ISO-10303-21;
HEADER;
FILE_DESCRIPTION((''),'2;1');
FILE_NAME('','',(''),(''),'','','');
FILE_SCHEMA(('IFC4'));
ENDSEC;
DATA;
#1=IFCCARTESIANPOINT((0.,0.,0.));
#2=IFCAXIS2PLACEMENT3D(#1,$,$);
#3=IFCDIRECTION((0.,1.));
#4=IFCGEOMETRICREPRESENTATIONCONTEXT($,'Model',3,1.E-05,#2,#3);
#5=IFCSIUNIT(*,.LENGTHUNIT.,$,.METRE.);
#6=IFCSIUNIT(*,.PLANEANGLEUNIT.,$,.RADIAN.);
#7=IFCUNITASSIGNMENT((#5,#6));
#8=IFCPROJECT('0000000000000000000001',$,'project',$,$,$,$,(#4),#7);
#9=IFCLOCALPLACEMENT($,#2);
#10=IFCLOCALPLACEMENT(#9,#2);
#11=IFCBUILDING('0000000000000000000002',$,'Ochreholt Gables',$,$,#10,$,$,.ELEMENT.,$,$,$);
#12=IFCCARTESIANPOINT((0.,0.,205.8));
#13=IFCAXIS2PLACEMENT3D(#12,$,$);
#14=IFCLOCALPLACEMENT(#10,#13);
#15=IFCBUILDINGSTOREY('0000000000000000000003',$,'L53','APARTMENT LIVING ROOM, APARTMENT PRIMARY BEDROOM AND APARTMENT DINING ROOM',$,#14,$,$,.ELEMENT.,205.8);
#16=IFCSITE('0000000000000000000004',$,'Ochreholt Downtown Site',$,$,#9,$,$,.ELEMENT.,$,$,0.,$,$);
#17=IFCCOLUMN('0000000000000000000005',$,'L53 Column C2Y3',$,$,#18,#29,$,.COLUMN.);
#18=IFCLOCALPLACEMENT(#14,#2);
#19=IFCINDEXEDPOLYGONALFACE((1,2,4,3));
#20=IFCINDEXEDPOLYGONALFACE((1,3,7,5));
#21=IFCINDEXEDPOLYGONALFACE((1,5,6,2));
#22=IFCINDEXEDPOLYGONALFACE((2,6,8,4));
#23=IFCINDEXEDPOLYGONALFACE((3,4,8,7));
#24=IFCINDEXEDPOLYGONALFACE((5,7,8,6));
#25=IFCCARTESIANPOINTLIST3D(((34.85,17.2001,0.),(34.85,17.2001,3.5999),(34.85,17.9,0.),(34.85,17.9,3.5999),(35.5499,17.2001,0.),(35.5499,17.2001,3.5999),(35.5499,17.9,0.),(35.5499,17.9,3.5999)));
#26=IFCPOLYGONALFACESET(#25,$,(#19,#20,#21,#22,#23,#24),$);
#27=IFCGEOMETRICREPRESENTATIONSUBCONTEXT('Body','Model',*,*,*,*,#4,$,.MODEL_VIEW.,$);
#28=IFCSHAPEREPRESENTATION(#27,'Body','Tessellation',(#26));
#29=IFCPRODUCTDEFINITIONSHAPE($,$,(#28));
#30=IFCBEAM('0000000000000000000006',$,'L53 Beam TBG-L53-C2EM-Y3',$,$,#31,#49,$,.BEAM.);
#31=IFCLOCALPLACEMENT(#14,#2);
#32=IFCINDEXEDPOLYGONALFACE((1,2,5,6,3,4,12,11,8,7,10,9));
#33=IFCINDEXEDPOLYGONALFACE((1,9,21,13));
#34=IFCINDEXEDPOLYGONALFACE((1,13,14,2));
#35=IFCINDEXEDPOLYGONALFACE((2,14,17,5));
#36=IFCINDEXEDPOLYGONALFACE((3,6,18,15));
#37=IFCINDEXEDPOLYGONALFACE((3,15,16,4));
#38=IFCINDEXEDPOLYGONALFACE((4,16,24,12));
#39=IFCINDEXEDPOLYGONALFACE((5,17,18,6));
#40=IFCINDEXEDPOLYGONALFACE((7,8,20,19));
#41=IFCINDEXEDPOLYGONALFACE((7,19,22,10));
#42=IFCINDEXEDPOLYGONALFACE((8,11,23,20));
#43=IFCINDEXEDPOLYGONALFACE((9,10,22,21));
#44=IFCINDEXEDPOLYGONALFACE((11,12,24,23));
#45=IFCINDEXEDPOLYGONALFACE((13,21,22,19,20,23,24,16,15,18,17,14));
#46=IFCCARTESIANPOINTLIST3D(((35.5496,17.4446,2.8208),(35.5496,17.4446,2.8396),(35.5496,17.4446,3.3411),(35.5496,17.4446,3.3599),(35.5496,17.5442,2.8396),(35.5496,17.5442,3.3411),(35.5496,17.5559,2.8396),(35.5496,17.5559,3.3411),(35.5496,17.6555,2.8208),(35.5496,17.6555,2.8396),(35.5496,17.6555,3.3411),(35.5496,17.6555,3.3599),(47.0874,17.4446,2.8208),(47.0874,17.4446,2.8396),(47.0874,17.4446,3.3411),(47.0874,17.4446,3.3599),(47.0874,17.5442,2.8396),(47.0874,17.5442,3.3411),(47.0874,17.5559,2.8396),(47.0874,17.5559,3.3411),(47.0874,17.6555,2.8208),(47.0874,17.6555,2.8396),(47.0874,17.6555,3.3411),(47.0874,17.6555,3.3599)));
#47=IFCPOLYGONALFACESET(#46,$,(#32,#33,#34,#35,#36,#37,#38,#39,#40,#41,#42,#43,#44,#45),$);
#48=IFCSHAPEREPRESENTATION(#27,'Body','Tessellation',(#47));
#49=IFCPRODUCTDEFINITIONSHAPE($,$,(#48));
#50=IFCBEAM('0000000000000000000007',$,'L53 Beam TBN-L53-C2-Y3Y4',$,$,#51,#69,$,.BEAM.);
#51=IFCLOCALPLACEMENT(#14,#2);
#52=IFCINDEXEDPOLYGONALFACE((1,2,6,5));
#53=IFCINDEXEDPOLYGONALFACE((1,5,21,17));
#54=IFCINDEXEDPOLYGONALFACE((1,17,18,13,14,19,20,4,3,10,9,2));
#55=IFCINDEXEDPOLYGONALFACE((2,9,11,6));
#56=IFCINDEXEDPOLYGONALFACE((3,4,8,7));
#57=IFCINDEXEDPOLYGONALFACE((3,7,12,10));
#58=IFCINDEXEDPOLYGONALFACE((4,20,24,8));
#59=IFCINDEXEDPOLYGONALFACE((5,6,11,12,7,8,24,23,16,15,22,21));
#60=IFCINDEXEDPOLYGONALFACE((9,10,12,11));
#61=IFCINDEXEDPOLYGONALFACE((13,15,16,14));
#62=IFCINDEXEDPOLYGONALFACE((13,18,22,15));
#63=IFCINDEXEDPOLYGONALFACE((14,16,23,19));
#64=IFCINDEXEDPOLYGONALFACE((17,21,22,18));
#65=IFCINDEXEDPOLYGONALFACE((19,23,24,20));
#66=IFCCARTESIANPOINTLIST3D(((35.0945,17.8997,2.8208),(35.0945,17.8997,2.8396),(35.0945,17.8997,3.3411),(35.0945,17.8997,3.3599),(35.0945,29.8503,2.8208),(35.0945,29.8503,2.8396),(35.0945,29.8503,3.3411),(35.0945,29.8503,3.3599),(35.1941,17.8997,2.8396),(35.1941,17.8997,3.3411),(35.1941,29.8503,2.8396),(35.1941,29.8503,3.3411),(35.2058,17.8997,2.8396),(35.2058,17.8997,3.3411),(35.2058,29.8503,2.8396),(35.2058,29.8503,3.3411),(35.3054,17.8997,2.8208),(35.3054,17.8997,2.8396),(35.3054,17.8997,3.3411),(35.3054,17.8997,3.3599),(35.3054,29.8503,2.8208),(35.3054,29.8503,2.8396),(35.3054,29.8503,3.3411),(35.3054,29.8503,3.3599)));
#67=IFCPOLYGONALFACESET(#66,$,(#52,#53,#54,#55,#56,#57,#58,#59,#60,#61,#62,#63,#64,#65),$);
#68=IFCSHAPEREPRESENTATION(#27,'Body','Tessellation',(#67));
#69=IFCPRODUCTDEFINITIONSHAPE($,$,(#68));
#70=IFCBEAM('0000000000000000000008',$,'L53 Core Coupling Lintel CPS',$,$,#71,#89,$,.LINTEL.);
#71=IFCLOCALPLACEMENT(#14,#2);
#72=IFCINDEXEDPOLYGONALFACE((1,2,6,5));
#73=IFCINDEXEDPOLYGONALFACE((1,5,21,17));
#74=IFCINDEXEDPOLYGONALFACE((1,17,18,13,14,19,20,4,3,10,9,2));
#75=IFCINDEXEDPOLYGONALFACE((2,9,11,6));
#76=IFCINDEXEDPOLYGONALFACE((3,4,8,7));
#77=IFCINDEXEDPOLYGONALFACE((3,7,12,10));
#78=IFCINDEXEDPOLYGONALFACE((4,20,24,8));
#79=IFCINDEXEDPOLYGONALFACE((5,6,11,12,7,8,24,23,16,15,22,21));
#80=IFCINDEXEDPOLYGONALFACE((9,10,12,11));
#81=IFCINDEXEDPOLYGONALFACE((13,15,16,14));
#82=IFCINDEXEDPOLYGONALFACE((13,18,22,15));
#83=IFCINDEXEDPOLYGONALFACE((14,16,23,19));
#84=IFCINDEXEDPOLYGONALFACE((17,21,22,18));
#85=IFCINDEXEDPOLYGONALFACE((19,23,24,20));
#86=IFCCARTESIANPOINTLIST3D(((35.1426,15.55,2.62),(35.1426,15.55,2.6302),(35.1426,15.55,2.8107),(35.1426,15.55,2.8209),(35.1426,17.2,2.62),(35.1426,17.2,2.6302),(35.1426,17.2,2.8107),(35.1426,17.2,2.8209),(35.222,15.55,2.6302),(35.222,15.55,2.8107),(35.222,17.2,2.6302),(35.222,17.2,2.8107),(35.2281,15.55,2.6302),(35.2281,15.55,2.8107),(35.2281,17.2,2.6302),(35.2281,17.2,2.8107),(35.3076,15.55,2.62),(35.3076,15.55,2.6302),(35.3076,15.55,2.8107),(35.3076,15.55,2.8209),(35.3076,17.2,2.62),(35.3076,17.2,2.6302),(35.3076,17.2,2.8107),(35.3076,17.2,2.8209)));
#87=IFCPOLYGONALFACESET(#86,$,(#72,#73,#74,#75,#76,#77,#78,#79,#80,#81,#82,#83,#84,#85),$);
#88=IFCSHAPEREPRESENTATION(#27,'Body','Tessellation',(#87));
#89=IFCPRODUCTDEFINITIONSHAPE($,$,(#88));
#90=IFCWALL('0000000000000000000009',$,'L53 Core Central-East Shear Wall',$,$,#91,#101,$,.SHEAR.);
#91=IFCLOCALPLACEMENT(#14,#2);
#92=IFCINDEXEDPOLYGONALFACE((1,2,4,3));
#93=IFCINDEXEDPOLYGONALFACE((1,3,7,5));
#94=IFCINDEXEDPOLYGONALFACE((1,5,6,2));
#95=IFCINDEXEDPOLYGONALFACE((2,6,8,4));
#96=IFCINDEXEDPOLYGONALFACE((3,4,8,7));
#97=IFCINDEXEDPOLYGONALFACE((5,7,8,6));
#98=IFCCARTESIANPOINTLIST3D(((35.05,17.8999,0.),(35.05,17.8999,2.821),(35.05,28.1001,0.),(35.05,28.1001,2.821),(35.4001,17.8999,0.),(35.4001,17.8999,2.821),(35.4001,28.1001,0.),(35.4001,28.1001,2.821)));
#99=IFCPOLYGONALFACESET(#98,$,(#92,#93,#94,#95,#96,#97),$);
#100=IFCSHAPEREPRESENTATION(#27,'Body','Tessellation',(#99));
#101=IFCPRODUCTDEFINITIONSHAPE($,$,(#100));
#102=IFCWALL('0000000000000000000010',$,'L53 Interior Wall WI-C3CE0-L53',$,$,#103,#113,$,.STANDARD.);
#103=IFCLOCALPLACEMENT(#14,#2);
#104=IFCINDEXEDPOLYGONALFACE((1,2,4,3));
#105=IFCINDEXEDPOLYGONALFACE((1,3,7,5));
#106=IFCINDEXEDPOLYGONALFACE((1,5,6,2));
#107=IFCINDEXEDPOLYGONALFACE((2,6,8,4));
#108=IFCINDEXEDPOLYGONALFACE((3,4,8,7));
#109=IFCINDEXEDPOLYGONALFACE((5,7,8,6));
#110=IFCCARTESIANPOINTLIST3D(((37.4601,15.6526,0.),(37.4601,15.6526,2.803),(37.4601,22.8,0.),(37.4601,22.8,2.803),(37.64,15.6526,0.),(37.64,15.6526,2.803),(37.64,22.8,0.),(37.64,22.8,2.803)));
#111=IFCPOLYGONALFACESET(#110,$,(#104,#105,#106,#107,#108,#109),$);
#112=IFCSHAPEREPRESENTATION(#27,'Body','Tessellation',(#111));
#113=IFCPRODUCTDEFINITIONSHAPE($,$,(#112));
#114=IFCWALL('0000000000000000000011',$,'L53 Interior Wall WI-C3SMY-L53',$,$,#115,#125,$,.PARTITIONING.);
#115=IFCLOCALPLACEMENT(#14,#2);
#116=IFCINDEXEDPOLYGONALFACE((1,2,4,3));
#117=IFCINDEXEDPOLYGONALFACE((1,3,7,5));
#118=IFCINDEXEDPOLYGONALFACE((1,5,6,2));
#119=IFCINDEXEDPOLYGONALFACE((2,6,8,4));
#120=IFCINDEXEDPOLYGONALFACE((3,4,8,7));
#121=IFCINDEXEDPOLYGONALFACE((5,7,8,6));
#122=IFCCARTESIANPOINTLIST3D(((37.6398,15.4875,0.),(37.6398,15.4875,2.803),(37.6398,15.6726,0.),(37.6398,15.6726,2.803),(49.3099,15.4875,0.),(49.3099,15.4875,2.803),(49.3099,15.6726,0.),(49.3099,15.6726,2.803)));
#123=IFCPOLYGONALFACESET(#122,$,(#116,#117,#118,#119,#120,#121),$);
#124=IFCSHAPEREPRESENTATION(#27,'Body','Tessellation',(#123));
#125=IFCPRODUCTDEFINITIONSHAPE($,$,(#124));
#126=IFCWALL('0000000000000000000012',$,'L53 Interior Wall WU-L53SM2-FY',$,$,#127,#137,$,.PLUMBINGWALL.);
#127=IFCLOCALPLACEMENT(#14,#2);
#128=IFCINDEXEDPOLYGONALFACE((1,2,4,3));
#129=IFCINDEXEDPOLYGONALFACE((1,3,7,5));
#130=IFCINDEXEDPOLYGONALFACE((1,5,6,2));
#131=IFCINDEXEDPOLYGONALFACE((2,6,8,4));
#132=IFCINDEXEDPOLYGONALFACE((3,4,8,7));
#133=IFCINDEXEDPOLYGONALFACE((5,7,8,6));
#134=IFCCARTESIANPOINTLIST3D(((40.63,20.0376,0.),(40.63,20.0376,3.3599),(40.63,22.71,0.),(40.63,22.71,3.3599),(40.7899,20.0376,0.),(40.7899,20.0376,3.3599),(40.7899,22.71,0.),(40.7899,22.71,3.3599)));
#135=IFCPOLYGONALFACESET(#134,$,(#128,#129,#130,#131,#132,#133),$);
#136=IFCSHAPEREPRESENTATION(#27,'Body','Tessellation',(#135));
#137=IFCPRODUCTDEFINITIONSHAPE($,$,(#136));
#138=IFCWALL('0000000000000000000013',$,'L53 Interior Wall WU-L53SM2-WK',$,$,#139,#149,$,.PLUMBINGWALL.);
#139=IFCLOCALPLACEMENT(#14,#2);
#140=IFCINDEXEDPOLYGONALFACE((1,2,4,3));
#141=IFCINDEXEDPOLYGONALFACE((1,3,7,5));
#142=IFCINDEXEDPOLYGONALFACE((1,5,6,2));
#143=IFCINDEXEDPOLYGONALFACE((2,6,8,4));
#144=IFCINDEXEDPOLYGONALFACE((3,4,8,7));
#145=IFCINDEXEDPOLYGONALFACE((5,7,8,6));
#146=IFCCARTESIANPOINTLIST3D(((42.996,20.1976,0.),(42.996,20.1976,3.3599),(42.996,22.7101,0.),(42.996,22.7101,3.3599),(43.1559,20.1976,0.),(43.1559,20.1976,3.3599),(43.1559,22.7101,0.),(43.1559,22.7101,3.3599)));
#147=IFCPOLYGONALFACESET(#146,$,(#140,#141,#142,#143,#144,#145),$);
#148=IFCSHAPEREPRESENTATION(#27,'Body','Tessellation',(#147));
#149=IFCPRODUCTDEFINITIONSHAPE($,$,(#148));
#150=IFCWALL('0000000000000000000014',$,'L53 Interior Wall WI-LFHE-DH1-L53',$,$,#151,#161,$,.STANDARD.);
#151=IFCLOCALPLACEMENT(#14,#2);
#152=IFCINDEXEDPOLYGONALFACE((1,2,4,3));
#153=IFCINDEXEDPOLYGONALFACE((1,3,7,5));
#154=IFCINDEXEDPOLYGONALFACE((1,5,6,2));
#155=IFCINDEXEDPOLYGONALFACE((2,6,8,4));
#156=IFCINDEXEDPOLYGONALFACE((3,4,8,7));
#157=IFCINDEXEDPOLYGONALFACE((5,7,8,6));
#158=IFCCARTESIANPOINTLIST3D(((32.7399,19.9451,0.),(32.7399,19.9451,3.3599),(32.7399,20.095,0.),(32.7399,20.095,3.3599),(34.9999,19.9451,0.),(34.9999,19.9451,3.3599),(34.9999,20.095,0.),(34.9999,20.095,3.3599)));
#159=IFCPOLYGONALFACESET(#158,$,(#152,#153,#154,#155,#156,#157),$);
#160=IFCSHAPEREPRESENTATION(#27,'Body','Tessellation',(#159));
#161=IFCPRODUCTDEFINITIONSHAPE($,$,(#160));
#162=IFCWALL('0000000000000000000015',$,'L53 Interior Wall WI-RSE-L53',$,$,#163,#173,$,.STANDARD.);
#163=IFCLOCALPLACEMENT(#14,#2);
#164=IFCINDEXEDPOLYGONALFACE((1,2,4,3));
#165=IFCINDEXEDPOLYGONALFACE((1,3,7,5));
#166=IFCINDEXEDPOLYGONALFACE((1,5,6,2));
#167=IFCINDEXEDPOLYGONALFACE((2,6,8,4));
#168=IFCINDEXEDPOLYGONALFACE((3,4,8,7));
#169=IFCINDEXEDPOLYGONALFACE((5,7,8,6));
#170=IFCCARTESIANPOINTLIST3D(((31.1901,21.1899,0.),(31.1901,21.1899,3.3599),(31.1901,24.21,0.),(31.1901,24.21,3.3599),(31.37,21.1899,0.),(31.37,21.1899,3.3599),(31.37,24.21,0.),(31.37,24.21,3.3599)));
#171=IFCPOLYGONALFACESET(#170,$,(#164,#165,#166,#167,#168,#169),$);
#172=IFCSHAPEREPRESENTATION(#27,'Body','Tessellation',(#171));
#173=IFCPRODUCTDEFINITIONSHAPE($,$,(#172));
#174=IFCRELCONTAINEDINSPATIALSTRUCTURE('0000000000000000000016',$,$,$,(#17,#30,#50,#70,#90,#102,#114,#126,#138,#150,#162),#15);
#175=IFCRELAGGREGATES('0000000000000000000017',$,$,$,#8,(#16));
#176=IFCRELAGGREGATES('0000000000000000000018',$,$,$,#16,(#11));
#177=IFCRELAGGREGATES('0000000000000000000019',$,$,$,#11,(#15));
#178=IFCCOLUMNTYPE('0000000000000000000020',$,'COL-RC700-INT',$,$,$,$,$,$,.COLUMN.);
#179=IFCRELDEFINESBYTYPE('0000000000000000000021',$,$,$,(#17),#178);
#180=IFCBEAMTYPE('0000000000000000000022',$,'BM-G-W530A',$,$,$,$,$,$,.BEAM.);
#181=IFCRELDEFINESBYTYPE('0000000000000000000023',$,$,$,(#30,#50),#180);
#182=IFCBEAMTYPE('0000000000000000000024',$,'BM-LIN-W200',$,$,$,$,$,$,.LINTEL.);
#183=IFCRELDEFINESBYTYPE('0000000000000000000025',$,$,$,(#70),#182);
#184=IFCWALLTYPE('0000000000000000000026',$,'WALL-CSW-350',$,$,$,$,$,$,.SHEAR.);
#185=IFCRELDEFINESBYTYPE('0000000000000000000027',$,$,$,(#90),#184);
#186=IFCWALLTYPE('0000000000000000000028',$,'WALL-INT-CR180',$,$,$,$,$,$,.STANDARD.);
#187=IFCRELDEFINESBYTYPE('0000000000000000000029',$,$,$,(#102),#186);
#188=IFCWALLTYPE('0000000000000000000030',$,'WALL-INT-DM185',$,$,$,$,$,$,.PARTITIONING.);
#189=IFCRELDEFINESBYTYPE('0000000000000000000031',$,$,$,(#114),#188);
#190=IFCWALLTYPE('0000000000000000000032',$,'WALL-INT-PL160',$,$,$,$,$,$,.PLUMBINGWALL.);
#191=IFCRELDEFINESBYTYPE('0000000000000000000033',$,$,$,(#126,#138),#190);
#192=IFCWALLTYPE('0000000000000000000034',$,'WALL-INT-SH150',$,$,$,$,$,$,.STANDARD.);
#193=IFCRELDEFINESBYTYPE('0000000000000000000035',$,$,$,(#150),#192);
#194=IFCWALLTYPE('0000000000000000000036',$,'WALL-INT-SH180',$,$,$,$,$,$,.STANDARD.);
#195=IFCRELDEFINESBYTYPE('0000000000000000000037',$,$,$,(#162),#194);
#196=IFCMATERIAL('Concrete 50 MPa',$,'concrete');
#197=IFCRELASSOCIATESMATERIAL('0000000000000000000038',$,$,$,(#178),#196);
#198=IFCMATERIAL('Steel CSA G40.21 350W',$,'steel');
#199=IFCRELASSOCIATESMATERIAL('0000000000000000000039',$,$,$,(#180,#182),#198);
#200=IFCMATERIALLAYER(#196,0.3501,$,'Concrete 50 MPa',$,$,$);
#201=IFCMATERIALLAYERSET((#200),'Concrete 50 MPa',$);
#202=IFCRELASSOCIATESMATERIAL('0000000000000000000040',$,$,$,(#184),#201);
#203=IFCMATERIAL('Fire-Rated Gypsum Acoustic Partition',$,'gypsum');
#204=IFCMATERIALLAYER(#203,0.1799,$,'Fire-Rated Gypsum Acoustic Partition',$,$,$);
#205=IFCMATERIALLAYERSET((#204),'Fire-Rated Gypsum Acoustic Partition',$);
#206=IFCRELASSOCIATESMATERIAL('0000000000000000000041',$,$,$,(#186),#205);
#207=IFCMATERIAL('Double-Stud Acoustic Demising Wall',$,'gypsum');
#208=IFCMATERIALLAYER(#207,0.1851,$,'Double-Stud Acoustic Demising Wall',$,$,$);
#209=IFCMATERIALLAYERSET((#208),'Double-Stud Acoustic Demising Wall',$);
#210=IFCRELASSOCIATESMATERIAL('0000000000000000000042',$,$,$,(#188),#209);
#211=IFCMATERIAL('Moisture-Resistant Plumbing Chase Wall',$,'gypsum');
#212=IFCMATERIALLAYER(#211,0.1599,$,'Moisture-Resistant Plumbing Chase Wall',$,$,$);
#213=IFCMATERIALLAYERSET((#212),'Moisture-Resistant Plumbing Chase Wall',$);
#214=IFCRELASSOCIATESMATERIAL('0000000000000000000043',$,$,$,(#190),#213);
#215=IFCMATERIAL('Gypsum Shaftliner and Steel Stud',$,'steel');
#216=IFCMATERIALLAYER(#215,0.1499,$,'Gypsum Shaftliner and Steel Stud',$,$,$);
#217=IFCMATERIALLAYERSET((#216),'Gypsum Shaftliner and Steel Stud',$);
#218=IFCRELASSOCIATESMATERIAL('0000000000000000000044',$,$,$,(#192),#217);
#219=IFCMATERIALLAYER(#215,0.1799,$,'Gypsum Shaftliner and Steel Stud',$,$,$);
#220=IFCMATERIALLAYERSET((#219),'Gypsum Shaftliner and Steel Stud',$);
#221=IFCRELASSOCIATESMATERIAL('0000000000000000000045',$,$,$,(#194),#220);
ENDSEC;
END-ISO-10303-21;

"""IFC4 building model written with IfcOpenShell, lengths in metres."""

from ifc_helpers import new_model, si_unit, direction, frame, frame_2d, origin, origin_2d, place, context, subcontext, project, spatial, rectangle, i_section, extrude, material, layer, layer_set, material_profile, profile_set, type_object, element, save


model = new_model("IFC4")

# Units and contexts
model_context = context("Model", 3, precision=1e-05, world=origin(), true_north=direction((0.0, 1.0)))
body_context = subcontext(model_context, "Body", "Model", "MODEL_VIEW")
ifc_project = project(units=[si_unit("LENGTHUNIT", "METRE"), si_unit("PLANEANGLEUNIT", "RADIAN")], contexts=[model_context])

# Site, building, storey
site_placement = place(None, origin())
site = spatial("IfcSite", under=ifc_project, at=site_placement, Name="Ochreholt Downtown Site", CompositionType="ELEMENT", RefElevation=0.0)
building_placement = place(site_placement, origin())
building = spatial("IfcBuilding", under=site, at=building_placement, Name="Ochreholt Gables", CompositionType="ELEMENT")
storey_placement = place(building_placement, frame((0.0, 0.0, 205.8)))
storey = spatial("IfcBuildingStorey", under=building, at=storey_placement, Name="L53", Description="APARTMENT LIVING ROOM, APARTMENT PRIMARY BEDROOM AND APARTMENT DINING ROOM", CompositionType="ELEMENT", Elevation=205.8)

# Column
ifc_material_1 = material(Name="Concrete 50 MPa", Category="concrete")
ifc_material_profile_1 = material_profile(ifc_material_1, rectangle(XDim=0.7, YDim=0.7, at=origin_2d()), Name="RC700X700")
ifc_profile_set_1 = profile_set([ifc_material_profile_1], Name="Concrete 50 MPa")
column_type = type_object("IfcColumnType", Name="COL-RC700-INT", PredefinedType="COLUMN", material=ifc_profile_set_1)
column_placement = place(storey_placement, frame((35.2, 17.55, 0.0), z_axis=(0.0, 0.0, 1.0), x_axis=(1.0, 0.0, 0.0)))
element("IfcColumn", 1, at=column_placement, inside=storey, type_object=column_type, Name="L53 Column C2Y3", PredefinedType="COLUMN", context=body_context, shape_type="SweptSolid", body=[
    extrude(rectangle(XDim=0.7, YDim=0.7, at=origin_2d()), origin(), (0.0, 0.0, 1.0), 3.5999),
])

# Beams
ifc_material_2 = material(Name="Steel CSA G40.21 350W", Category="steel")
ifc_material_profile_2 = material_profile(ifc_material_2, i_section(OverallWidth=0.2109, OverallDepth=0.5391, WebThickness=0.0117, FlangeThickness=0.0188, at=origin_2d()), Name="W530X109")
ifc_profile_set_2 = profile_set([ifc_material_profile_2], Name="Steel CSA G40.21 350W")
beam_type_1 = type_object("IfcBeamType", Name="BM-G-W530A", PredefinedType="BEAM", material=ifc_profile_set_2)
beam_1_placement = place(storey_placement, frame((35.5496, 17.55, 3.0903), z_axis=(1.0, 0.0, 0.0), x_axis=(0.0, 1.0, 0.0)))
element("IfcBeam", 2, at=beam_1_placement, inside=storey, type_object=beam_type_1, Name="L53 Beam TBG-L53-C2EM-Y3", PredefinedType="BEAM", context=body_context, shape_type="SweptSolid", body=[
    extrude(i_section(OverallWidth=0.2109, OverallDepth=0.5391, WebThickness=0.0117, FlangeThickness=0.0188, at=origin_2d()), origin(), (0.0, 0.0, 1.0), 11.5378),
])
beam_2_placement = place(storey_placement, frame((35.2, 17.8997, 3.0903), z_axis=(0.0, 1.0, 0.0), x_axis=(-1.0, 0.0, 0.0)))
element("IfcBeam", 3, at=beam_2_placement, inside=storey, type_object=beam_type_1, Name="L53 Beam TBN-L53-C2-Y3Y4", PredefinedType="BEAM", context=body_context, shape_type="SweptSolid", body=[
    extrude(i_section(OverallWidth=0.2109, OverallDepth=0.5391, WebThickness=0.0117, FlangeThickness=0.0188, at=origin_2d()), origin(), (0.0, 0.0, 1.0), 11.9507),
])
ifc_material_profile_3 = material_profile(ifc_material_2, i_section(OverallWidth=0.165, OverallDepth=0.2009, WebThickness=0.0061, FlangeThickness=0.0103, at=origin_2d()), Name="W200X36")
ifc_profile_set_3 = profile_set([ifc_material_profile_3], Name="Steel CSA G40.21 350W")
beam_type_2 = type_object("IfcBeamType", Name="BM-LIN-W200", PredefinedType="LINTEL", material=ifc_profile_set_3)
beam_3_placement = place(storey_placement, frame((35.2251, 15.55, 2.7205), z_axis=(0.0, 1.0, 0.0), x_axis=(-1.0, 0.0, 0.0)))
element("IfcBeam", 4, at=beam_3_placement, inside=storey, type_object=beam_type_2, Name="L53 Core Coupling Lintel CPS", PredefinedType="LINTEL", context=body_context, shape_type="SweptSolid", body=[
    extrude(i_section(OverallWidth=0.165, OverallDepth=0.2009, WebThickness=0.0061, FlangeThickness=0.0103, at=origin_2d()), origin(), (0.0, 0.0, 1.0), 1.6499),
])

# Walls
ifc_layer_1 = layer(ifc_material_1, 0.3501, Name="Concrete 50 MPa")
ifc_layer_set_1 = layer_set([ifc_layer_1], Name="Concrete 50 MPa")
wall_type_1 = type_object("IfcWallType", Name="WALL-CSW-350", PredefinedType="SHEAR", material=ifc_layer_set_1)
wall_1_placement = place(storey_placement, frame((35.2251, 17.8999, 0.0), z_axis=(0.0, 0.0, 1.0), x_axis=(0.0, 1.0, 0.0)))
element("IfcWall", 5, at=wall_1_placement, inside=storey, type_object=wall_type_1, Name="L53 Core Central-East Shear Wall", PredefinedType="SHEAR", context=body_context, shape_type="SweptSolid", body=[
    extrude(rectangle(XDim=10.2002, YDim=0.3501, at=frame_2d((5.1001, 0.0))), origin(), (0.0, 0.0, 1.0), 2.821),
])
ifc_material_3 = material(Name="Fire-Rated Gypsum Acoustic Partition", Category="gypsum")
ifc_layer_2 = layer(ifc_material_3, 0.1799, Name="Fire-Rated Gypsum Acoustic Partition")
ifc_layer_set_2 = layer_set([ifc_layer_2], Name="Fire-Rated Gypsum Acoustic Partition")
wall_type_2 = type_object("IfcWallType", Name="WALL-INT-CR180", PredefinedType="STANDARD", material=ifc_layer_set_2)
wall_2_placement = place(storey_placement, frame((37.55, 15.6526, 0.0), z_axis=(0.0, 0.0, 1.0), x_axis=(0.0, 1.0, 0.0)))
element("IfcWall", 6, at=wall_2_placement, inside=storey, type_object=wall_type_2, Name="L53 Interior Wall WI-C3CE0-L53", PredefinedType="STANDARD", context=body_context, shape_type="SweptSolid", body=[
    extrude(rectangle(XDim=7.1475, YDim=0.1799, at=frame_2d((3.5737, 0.0))), origin(), (0.0, 0.0, 1.0), 2.803),
])
ifc_material_4 = material(Name="Double-Stud Acoustic Demising Wall", Category="gypsum")
ifc_layer_3 = layer(ifc_material_4, 0.1851, Name="Double-Stud Acoustic Demising Wall")
ifc_layer_set_3 = layer_set([ifc_layer_3], Name="Double-Stud Acoustic Demising Wall")
wall_type_3 = type_object("IfcWallType", Name="WALL-INT-DM185", PredefinedType="PARTITIONING", material=ifc_layer_set_3)
wall_3_placement = place(storey_placement, frame((37.6399, 15.5801, 0.0), z_axis=(0.0, 0.0, 1.0), x_axis=(1.0, 0.0, 0.0)))
element("IfcWall", 7, at=wall_3_placement, inside=storey, type_object=wall_type_3, Name="L53 Interior Wall WI-C3SMY-L53", PredefinedType="PARTITIONING", context=body_context, shape_type="SweptSolid", body=[
    extrude(rectangle(XDim=11.6702, YDim=0.1851, at=frame_2d((5.835, 0.0))), origin(), (0.0, 0.0, 1.0), 2.803),
])

# Shared definitions
ifc_material_5 = material(Name="Moisture-Resistant Plumbing Chase Wall", Category="gypsum")
ifc_layer_4 = layer(ifc_material_5, 0.1599, Name="Moisture-Resistant Plumbing Chase Wall")
ifc_layer_set_4 = layer_set([ifc_layer_4], Name="Moisture-Resistant Plumbing Chase Wall")
wall_type_4 = type_object("IfcWallType", Name="WALL-INT-PL160", PredefinedType="PLUMBINGWALL", material=ifc_layer_set_4)

# Walls
wall_4_placement = place(storey_placement, frame((40.71, 20.0376, 0.0), z_axis=(0.0, 0.0, 1.0), x_axis=(0.0, 1.0, 0.0)))
element("IfcWall", 8, at=wall_4_placement, inside=storey, type_object=wall_type_4, Name="L53 Interior Wall WU-L53SM2-FY", PredefinedType="PLUMBINGWALL", context=body_context, shape_type="SweptSolid", body=[
    extrude(rectangle(XDim=2.6724, YDim=0.1599, at=frame_2d((1.3362, 0.0))), origin(), (0.0, 0.0, 1.0), 3.3599),
])
wall_5_placement = place(storey_placement, frame((43.0759, 20.1975, 0.0), z_axis=(0.0, 0.0, 1.0), x_axis=(0.0, 1.0, 0.0)))
element("IfcWall", 9, at=wall_5_placement, inside=storey, type_object=wall_type_4, Name="L53 Interior Wall WU-L53SM2-WK", PredefinedType="PLUMBINGWALL", context=body_context, shape_type="SweptSolid", body=[
    extrude(rectangle(XDim=2.5125, YDim=0.1599, at=frame_2d((1.2563, 0.0))), origin(), (0.0, 0.0, 1.0), 3.3599),
])

# Walls
ifc_material_6 = material(Name="Gypsum Shaftliner and Steel Stud", Category="steel")
ifc_layer_5 = layer(ifc_material_6, 0.1499, Name="Gypsum Shaftliner and Steel Stud")
ifc_layer_set_5 = layer_set([ifc_layer_5], Name="Gypsum Shaftliner and Steel Stud")
wall_type_5 = type_object("IfcWallType", Name="WALL-INT-SH150", PredefinedType="STANDARD", material=ifc_layer_set_5)
wall_6_placement = place(storey_placement, frame((32.74, 20.02, 0.0), z_axis=(0.0, 0.0, 1.0), x_axis=(1.0, 0.0, 0.0)))
element("IfcWall", 10, at=wall_6_placement, inside=storey, type_object=wall_type_5, Name="L53 Interior Wall WI-LFHE-DH1-L53", PredefinedType="STANDARD", context=body_context, shape_type="SweptSolid", body=[
    extrude(rectangle(XDim=2.26, YDim=0.1499, at=frame_2d((1.1299, 0.0))), origin(), (0.0, 0.0, 1.0), 3.3599),
])
ifc_layer_6 = layer(ifc_material_6, 0.1799, Name="Gypsum Shaftliner and Steel Stud")
ifc_layer_set_6 = layer_set([ifc_layer_6], Name="Gypsum Shaftliner and Steel Stud")
wall_type_6 = type_object("IfcWallType", Name="WALL-INT-SH180", PredefinedType="STANDARD", material=ifc_layer_set_6)
wall_7_placement = place(storey_placement, frame((31.28, 21.1899, 0.0), z_axis=(0.0, 0.0, 1.0), x_axis=(0.0, 1.0, 0.0)))
element("IfcWall", 11, at=wall_7_placement, inside=storey, type_object=wall_type_6, Name="L53 Interior Wall WI-RSE-L53", PredefinedType="STANDARD", context=body_context, shape_type="SweptSolid", body=[
    extrude(rectangle(XDim=3.02, YDim=0.1799, at=frame_2d((1.51, 0.0))), origin(), (0.0, 0.0, 1.0), 3.3599),
])

save(model, "model.ifc")
